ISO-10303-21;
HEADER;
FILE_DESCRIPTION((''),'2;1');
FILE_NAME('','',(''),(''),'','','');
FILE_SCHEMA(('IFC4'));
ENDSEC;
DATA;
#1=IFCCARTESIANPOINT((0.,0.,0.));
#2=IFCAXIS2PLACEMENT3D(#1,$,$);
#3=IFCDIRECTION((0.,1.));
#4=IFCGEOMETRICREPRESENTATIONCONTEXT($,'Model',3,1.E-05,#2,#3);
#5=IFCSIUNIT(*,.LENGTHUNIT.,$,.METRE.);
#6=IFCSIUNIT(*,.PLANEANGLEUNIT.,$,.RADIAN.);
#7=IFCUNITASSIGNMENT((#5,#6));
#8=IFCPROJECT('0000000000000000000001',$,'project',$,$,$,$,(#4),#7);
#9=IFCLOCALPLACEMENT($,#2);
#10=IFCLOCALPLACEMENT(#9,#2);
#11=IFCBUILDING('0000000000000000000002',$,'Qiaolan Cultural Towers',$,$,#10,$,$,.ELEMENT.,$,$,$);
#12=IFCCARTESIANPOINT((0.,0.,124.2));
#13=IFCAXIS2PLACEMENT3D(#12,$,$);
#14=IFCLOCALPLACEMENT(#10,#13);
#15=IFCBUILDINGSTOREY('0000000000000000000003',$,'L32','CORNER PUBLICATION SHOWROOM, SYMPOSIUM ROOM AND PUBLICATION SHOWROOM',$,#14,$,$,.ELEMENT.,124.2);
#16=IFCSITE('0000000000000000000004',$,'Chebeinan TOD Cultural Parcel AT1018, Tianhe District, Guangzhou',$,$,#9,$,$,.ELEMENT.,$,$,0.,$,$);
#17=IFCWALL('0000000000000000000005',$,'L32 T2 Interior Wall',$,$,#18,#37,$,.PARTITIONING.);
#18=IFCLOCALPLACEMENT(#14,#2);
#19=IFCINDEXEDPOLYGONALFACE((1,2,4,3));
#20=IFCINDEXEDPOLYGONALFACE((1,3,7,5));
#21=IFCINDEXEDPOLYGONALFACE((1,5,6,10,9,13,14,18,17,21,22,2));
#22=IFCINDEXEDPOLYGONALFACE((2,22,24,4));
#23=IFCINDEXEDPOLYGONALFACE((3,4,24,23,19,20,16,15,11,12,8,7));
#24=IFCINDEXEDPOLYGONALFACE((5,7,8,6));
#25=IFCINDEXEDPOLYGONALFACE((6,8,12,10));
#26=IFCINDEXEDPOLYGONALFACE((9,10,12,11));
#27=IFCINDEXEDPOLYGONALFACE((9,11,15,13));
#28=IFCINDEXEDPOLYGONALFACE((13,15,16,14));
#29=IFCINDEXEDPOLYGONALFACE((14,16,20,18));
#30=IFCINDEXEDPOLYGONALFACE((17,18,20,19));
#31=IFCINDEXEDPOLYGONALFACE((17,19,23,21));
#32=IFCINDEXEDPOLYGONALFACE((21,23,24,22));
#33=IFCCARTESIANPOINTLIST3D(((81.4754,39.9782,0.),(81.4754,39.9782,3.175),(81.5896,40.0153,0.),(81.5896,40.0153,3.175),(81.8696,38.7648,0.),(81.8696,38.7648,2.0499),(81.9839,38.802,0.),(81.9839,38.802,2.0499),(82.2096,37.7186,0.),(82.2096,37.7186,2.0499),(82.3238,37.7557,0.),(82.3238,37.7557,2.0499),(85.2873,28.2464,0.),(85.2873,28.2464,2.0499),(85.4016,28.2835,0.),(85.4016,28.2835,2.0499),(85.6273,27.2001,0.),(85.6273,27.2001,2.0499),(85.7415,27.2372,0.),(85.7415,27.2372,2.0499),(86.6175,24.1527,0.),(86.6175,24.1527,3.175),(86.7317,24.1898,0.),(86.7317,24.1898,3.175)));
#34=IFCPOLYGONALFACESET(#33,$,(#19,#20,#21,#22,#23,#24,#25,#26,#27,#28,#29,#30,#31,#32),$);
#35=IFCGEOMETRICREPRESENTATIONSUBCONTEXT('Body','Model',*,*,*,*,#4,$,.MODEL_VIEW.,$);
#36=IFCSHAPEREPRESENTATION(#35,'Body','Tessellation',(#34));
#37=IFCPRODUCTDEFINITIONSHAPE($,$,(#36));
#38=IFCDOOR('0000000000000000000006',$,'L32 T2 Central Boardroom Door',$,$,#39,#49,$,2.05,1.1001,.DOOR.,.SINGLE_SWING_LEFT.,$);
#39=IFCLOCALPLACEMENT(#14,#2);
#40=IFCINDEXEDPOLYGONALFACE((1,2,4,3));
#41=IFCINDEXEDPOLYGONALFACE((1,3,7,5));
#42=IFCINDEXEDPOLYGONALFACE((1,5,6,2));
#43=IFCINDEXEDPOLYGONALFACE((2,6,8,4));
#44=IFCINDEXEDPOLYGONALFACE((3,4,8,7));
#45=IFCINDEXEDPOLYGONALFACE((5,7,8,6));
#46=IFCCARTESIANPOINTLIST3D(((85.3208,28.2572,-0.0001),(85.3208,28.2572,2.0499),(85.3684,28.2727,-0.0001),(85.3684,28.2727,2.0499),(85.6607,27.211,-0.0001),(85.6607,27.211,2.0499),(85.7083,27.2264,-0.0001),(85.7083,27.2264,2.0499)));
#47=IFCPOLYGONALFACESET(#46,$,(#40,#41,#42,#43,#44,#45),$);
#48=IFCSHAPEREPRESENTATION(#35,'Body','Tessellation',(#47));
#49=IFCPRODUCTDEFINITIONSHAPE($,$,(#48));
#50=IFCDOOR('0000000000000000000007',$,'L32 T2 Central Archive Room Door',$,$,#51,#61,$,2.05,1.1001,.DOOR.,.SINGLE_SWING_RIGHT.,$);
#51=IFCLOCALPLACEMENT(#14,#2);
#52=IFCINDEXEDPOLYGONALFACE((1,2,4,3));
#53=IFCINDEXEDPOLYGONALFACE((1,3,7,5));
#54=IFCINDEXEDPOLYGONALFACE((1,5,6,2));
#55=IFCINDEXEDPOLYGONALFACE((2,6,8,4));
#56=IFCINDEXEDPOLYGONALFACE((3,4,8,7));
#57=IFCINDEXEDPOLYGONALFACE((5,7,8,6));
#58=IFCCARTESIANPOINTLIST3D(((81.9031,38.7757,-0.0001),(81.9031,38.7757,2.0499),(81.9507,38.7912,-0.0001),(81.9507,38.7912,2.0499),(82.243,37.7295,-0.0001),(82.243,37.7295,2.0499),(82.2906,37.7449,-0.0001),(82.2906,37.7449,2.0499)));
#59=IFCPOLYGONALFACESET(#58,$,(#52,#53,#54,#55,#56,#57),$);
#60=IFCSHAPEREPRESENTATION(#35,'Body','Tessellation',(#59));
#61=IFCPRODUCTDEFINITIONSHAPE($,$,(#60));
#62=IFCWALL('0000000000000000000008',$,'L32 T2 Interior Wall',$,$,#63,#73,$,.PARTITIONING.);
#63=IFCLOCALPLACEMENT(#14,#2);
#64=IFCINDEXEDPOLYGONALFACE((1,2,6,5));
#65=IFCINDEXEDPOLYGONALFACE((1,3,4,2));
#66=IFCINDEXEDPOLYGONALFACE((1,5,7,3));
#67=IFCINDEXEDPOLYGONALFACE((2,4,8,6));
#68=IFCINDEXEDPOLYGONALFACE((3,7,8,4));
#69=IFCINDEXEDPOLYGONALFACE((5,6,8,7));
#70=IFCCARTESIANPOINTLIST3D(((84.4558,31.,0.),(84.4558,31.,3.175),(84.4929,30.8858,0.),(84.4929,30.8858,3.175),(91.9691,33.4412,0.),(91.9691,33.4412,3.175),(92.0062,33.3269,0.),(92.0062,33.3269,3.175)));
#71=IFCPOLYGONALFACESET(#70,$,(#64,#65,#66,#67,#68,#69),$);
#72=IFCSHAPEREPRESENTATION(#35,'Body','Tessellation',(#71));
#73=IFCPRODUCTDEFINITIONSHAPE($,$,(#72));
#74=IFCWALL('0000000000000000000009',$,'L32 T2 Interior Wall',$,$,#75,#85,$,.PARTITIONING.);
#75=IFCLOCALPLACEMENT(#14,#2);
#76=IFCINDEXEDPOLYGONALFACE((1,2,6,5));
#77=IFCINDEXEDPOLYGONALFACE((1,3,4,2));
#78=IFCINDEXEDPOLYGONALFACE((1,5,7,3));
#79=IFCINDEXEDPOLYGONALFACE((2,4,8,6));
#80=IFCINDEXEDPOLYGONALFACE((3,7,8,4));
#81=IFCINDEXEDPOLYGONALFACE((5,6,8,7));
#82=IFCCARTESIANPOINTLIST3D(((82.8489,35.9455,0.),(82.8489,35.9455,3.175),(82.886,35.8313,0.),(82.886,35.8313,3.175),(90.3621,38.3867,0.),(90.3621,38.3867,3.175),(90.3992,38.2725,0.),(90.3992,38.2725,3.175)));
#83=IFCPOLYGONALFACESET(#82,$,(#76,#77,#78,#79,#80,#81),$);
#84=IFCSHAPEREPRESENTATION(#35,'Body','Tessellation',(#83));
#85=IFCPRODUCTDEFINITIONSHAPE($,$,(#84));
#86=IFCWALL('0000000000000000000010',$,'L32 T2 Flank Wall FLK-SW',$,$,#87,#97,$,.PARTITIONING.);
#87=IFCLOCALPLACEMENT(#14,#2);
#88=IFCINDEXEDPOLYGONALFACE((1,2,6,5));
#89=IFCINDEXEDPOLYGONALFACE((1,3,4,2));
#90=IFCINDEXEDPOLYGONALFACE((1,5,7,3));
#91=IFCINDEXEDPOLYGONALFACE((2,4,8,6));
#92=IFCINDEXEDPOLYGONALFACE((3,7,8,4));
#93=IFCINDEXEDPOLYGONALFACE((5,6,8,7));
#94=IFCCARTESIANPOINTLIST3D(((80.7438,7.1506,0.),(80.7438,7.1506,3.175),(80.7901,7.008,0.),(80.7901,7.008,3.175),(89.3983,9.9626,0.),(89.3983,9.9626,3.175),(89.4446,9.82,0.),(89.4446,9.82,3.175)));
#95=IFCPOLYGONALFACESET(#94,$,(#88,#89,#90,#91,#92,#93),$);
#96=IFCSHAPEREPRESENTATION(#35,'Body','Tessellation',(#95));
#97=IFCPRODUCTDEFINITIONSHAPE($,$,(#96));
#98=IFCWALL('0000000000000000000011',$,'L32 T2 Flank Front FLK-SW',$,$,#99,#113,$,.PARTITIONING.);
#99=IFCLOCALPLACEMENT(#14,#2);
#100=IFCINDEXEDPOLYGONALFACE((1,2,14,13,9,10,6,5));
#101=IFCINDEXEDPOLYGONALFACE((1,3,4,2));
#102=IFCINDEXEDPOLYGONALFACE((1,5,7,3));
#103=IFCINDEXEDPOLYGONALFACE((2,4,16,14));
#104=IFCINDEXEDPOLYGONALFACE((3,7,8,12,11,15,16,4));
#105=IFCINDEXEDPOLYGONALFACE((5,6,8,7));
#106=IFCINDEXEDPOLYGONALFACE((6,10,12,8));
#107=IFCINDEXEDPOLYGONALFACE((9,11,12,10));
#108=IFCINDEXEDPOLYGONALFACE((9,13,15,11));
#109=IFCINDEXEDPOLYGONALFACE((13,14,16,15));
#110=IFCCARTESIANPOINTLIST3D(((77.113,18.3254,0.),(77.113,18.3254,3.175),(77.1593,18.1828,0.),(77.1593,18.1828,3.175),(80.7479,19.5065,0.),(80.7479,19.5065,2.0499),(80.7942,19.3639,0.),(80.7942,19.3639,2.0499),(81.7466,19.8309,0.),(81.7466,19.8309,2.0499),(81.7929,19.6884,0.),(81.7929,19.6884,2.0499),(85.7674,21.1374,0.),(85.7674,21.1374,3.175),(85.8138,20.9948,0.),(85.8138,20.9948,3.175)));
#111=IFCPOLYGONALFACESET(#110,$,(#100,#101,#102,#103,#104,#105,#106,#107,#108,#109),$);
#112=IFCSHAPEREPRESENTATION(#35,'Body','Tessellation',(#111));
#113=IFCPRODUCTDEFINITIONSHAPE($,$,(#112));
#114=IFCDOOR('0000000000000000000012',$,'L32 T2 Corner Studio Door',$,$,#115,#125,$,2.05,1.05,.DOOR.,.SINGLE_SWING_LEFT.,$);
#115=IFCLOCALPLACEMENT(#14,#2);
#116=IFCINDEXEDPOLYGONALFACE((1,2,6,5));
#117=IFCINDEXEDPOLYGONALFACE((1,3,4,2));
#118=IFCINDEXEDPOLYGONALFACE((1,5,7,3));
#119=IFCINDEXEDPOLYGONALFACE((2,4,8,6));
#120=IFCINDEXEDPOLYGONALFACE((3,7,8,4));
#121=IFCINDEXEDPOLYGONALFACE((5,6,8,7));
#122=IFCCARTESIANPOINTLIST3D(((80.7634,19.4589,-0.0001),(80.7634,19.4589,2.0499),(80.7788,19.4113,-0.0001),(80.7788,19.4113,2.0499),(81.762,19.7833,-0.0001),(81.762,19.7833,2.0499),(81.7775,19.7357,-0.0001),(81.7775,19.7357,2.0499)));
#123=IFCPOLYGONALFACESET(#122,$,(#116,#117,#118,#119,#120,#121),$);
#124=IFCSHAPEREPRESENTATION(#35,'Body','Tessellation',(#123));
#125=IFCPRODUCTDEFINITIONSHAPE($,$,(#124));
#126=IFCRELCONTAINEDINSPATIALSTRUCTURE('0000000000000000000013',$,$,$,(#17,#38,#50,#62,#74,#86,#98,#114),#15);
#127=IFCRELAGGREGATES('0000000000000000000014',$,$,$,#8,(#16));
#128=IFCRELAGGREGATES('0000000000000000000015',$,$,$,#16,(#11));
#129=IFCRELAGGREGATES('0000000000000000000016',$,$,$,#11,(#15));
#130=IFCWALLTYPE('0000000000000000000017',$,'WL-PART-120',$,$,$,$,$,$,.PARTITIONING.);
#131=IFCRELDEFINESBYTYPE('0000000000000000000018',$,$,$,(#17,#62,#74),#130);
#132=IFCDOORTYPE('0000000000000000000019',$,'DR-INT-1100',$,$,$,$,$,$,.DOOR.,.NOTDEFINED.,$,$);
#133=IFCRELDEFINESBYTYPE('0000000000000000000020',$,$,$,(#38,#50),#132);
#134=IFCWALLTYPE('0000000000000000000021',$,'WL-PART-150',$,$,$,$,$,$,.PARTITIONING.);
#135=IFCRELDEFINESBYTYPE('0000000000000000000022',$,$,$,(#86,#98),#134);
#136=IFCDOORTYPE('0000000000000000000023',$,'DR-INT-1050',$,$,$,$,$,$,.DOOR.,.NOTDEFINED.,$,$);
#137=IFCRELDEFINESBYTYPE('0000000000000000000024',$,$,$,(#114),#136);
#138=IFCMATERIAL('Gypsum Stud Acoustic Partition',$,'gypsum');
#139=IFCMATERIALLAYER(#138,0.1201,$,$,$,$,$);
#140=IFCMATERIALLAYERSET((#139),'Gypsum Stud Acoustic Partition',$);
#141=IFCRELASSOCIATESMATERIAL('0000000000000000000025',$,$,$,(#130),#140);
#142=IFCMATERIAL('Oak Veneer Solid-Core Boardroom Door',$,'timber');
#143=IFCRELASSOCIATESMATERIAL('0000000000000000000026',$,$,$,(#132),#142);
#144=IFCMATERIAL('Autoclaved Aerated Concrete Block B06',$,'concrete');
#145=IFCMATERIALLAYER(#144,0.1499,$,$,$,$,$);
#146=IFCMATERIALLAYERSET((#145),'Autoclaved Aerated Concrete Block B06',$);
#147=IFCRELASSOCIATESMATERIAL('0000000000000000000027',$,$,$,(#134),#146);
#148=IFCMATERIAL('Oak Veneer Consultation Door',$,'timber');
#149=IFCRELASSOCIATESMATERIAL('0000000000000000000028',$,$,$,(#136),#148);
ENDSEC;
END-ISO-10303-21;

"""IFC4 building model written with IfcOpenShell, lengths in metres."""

from ifc_helpers import new_model, si_unit, direction, frame, frame_2d, origin, place, context, subcontext, project, spatial, rectangle, extrude, material, layer, layer_set, type_object, element, fill, save


model = new_model("IFC4")

# Units and contexts
model_context = context("Model", 3, precision=1e-05, world=origin(), true_north=direction((0.0, 1.0)))
body_context = subcontext(model_context, "Body", "Model", "MODEL_VIEW")
ifc_project = project(units=[si_unit("LENGTHUNIT", "METRE"), si_unit("PLANEANGLEUNIT", "RADIAN")], contexts=[model_context])

# Site, building, storey
site_placement = place(None, origin())
site = spatial("IfcSite", under=ifc_project, at=site_placement, Name="Chebeinan TOD Cultural Parcel AT1018, Tianhe District, Guangzhou", CompositionType="ELEMENT", RefElevation=0.0)
building_placement = place(site_placement, origin())
building = spatial("IfcBuilding", under=site, at=building_placement, Name="Qiaolan Cultural Towers", CompositionType="ELEMENT")
storey_placement = place(building_placement, frame((0.0, 0.0, 124.2)))
storey = spatial("IfcBuildingStorey", under=building, at=storey_placement, Name="L32", Description="CORNER PUBLICATION SHOWROOM, SYMPOSIUM ROOM AND PUBLICATION SHOWROOM", CompositionType="ELEMENT", Elevation=124.2)

# Shared definitions
ifc_material_1 = material(Name="Gypsum Stud Acoustic Partition", Category="gypsum")
ifc_layer_1 = layer(ifc_material_1, 0.1201)
ifc_layer_set_1 = layer_set([ifc_layer_1], Name="Gypsum Stud Acoustic Partition")
wall_type_1 = type_object("IfcWallType", Name="WL-PART-120", PredefinedType="PARTITIONING", material=ifc_layer_set_1)

# Wall, openings, doors
wall_1_placement = place(storey_placement, frame((86.6746, 24.1714, 0.0), z_axis=(0.0, 0.0, 1.0), x_axis=(-0.309022, 0.951055, 0.0)))
wall_1 = element("IfcWall", 1, at=wall_1_placement, inside=storey, type_object=wall_type_1, Name="L32 T2 Interior Wall", PredefinedType="PARTITIONING", context=body_context, shape_type="SweptSolid", body=[
    extrude(rectangle(XDim=16.6399, YDim=0.1201, at=frame_2d((8.3198, 0.0))), origin(), (0.0, 0.0, 1.0), 3.175),
])
opening_1_placement = place(wall_1_placement, frame((3.2041, 0.0, 0.0)))
opening_1 = element("IfcOpeningElement", 2, at=opening_1_placement, cuts=wall_1, PredefinedType="OPENING", context=body_context, shape_type="SweptSolid", body=[
    extrude(rectangle(XDim=1.1001, YDim=2.05, at=frame_2d((0.55, 1.0249))), frame((0.0, 0.0701, 0.0), z_axis=(0.0, -1.0, 0.0), x_axis=(1.0, 0.0, 0.0)), (0.0, 0.0, 1.0), 0.1401),
])
opening_2_placement = place(wall_1_placement, frame((14.2639, 0.0, 0.0)))
opening_2 = element("IfcOpeningElement", 3, at=opening_2_placement, cuts=wall_1, PredefinedType="OPENING", context=body_context, shape_type="SweptSolid", body=[
    extrude(rectangle(XDim=1.1001, YDim=2.05, at=frame_2d((0.55, 1.0249))), frame((0.0, 0.0701, 0.0), z_axis=(0.0, -1.0, 0.0), x_axis=(1.0, 0.0, 0.0)), (0.0, 0.0, 1.0), 0.1401),
])
ifc_material_2 = material(Name="Oak Veneer Solid-Core Boardroom Door", Category="timber")
door_type_1 = type_object("IfcDoorType", Name="DR-INT-1100", OperationType="NOTDEFINED", PredefinedType="DOOR", material=ifc_material_2)
door_1_placement = place(opening_1_placement, origin())
door_1 = element("IfcDoor", 4, at=door_1_placement, inside=storey, type_object=door_type_1, Name="L32 T2 Central Boardroom Door", OperationType="SINGLE_SWING_LEFT", OverallHeight=2.05, OverallWidth=1.1001, PredefinedType="DOOR", context=body_context, shape_type="SweptSolid", body=[
    extrude(rectangle(XDim=1.1001, YDim=2.05, at=frame_2d((0.55, 1.0249))), frame((0.0, 0.0249, 0.0), z_axis=(0.0, -1.0, 0.0), x_axis=(1.0, 0.0, 0.0)), (0.0, 0.0, 1.0), 0.05),
])
fill(opening_1, door_1)
door_2_placement = place(opening_2_placement, origin())
door_2 = element("IfcDoor", 5, at=door_2_placement, inside=storey, type_object=door_type_1, Name="L32 T2 Central Archive Room Door", OperationType="SINGLE_SWING_RIGHT", OverallHeight=2.05, OverallWidth=1.1001, PredefinedType="DOOR", context=body_context, shape_type="SweptSolid", body=[
    extrude(rectangle(XDim=1.1001, YDim=2.05, at=frame_2d((0.55, 1.0249))), frame((0.0, 0.0249, 0.0), z_axis=(0.0, -1.0, 0.0), x_axis=(1.0, 0.0, 0.0)), (0.0, 0.0, 1.0), 0.05),
])
fill(opening_2, door_2)

# Walls
for number, where, z_axis, x_axis, name in (
    (6, (84.4744, 30.9429, 0.0), (0.0, 0.0, 1.0), (0.951057, 0.309015, 0.0), "L32 T2 Interior Wall"),
    (7, (82.8674, 35.8884, 0.0), (0.0, 0.0, 1.0), (0.951057, 0.309015, 0.0), "L32 T2 Interior Wall"),
):
    element("IfcWall", number, at=place(storey_placement, frame(where, z_axis=z_axis, x_axis=x_axis)), inside=storey, type_object=wall_type_1, Name=name, PredefinedType="PARTITIONING", context=body_context, shape_type="SweptSolid", body=[
        extrude(rectangle(XDim=7.8999, YDim=0.1201, at=frame_2d((3.95, 0.0))), origin(), (0.0, 0.0, 1.0), 3.175),
    ])
ifc_material_3 = material(Name="Autoclaved Aerated Concrete Block B06", Category="concrete")
ifc_layer_2 = layer(ifc_material_3, 0.1499)
ifc_layer_set_2 = layer_set([ifc_layer_2], Name="Autoclaved Aerated Concrete Block B06")
wall_type_2 = type_object("IfcWallType", Name="WL-PART-150", PredefinedType="PARTITIONING", material=ifc_layer_set_2)
wall_2_placement = place(storey_placement, frame((80.7671, 7.0793, 0.0), z_axis=(0.0, 0.0, 1.0), x_axis=(0.951057, 0.309015, 0.0)))
element("IfcWall", 8, at=wall_2_placement, inside=storey, type_object=wall_type_2, Name="L32 T2 Flank Wall FLK-SW", PredefinedType="PARTITIONING", context=body_context, shape_type="SweptSolid", body=[
    extrude(rectangle(XDim=9.0999, YDim=0.1499, at=frame_2d((4.5498, 0.0))), origin(), (0.0, 0.0, 1.0), 3.175),
])

# Wall, opening, door
wall_3_placement = place(storey_placement, frame((77.1362, 18.2542, 0.0), z_axis=(0.0, 0.0, 1.0), x_axis=(0.951057, 0.309015, 0.0)))
wall_3 = element("IfcWall", 9, at=wall_3_placement, inside=storey, type_object=wall_type_2, Name="L32 T2 Flank Front FLK-SW", PredefinedType="PARTITIONING", context=body_context, shape_type="SweptSolid", body=[
    extrude(rectangle(XDim=9.0999, YDim=0.1499, at=frame_2d((4.5498, 0.0))), origin(), (0.0, 0.0, 1.0), 3.175),
])
opening_3_placement = place(wall_3_placement, frame((3.822, 0.0, 0.0)))
opening_3 = element("IfcOpeningElement", 10, at=opening_3_placement, cuts=wall_3, PredefinedType="OPENING", context=body_context, shape_type="SweptSolid", body=[
    extrude(rectangle(XDim=1.05, YDim=2.05, at=frame_2d((0.5249, 1.0249))), frame((0.0, 0.085, 0.0), z_axis=(0.0, -1.0, 0.0), x_axis=(1.0, 0.0, 0.0)), (0.0, 0.0, 1.0), 0.1699),
])
ifc_material_4 = material(Name="Oak Veneer Consultation Door", Category="timber")
door_type_2 = type_object("IfcDoorType", Name="DR-INT-1050", OperationType="NOTDEFINED", PredefinedType="DOOR", material=ifc_material_4)
door_3_placement = place(opening_3_placement, origin())
door_3 = element("IfcDoor", 11, at=door_3_placement, inside=storey, type_object=door_type_2, Name="L32 T2 Corner Studio Door", OperationType="SINGLE_SWING_LEFT", OverallHeight=2.05, OverallWidth=1.05, PredefinedType="DOOR", context=body_context, shape_type="SweptSolid", body=[
    extrude(rectangle(XDim=1.05, YDim=2.05, at=frame_2d((0.5249, 1.0249))), frame((0.0, 0.0249, 0.0), z_axis=(0.0, -1.0, 0.0), x_axis=(1.0, 0.0, 0.0)), (0.0, 0.0, 1.0), 0.05),
])
fill(opening_3, door_3)

save(model, "model.ifc")
